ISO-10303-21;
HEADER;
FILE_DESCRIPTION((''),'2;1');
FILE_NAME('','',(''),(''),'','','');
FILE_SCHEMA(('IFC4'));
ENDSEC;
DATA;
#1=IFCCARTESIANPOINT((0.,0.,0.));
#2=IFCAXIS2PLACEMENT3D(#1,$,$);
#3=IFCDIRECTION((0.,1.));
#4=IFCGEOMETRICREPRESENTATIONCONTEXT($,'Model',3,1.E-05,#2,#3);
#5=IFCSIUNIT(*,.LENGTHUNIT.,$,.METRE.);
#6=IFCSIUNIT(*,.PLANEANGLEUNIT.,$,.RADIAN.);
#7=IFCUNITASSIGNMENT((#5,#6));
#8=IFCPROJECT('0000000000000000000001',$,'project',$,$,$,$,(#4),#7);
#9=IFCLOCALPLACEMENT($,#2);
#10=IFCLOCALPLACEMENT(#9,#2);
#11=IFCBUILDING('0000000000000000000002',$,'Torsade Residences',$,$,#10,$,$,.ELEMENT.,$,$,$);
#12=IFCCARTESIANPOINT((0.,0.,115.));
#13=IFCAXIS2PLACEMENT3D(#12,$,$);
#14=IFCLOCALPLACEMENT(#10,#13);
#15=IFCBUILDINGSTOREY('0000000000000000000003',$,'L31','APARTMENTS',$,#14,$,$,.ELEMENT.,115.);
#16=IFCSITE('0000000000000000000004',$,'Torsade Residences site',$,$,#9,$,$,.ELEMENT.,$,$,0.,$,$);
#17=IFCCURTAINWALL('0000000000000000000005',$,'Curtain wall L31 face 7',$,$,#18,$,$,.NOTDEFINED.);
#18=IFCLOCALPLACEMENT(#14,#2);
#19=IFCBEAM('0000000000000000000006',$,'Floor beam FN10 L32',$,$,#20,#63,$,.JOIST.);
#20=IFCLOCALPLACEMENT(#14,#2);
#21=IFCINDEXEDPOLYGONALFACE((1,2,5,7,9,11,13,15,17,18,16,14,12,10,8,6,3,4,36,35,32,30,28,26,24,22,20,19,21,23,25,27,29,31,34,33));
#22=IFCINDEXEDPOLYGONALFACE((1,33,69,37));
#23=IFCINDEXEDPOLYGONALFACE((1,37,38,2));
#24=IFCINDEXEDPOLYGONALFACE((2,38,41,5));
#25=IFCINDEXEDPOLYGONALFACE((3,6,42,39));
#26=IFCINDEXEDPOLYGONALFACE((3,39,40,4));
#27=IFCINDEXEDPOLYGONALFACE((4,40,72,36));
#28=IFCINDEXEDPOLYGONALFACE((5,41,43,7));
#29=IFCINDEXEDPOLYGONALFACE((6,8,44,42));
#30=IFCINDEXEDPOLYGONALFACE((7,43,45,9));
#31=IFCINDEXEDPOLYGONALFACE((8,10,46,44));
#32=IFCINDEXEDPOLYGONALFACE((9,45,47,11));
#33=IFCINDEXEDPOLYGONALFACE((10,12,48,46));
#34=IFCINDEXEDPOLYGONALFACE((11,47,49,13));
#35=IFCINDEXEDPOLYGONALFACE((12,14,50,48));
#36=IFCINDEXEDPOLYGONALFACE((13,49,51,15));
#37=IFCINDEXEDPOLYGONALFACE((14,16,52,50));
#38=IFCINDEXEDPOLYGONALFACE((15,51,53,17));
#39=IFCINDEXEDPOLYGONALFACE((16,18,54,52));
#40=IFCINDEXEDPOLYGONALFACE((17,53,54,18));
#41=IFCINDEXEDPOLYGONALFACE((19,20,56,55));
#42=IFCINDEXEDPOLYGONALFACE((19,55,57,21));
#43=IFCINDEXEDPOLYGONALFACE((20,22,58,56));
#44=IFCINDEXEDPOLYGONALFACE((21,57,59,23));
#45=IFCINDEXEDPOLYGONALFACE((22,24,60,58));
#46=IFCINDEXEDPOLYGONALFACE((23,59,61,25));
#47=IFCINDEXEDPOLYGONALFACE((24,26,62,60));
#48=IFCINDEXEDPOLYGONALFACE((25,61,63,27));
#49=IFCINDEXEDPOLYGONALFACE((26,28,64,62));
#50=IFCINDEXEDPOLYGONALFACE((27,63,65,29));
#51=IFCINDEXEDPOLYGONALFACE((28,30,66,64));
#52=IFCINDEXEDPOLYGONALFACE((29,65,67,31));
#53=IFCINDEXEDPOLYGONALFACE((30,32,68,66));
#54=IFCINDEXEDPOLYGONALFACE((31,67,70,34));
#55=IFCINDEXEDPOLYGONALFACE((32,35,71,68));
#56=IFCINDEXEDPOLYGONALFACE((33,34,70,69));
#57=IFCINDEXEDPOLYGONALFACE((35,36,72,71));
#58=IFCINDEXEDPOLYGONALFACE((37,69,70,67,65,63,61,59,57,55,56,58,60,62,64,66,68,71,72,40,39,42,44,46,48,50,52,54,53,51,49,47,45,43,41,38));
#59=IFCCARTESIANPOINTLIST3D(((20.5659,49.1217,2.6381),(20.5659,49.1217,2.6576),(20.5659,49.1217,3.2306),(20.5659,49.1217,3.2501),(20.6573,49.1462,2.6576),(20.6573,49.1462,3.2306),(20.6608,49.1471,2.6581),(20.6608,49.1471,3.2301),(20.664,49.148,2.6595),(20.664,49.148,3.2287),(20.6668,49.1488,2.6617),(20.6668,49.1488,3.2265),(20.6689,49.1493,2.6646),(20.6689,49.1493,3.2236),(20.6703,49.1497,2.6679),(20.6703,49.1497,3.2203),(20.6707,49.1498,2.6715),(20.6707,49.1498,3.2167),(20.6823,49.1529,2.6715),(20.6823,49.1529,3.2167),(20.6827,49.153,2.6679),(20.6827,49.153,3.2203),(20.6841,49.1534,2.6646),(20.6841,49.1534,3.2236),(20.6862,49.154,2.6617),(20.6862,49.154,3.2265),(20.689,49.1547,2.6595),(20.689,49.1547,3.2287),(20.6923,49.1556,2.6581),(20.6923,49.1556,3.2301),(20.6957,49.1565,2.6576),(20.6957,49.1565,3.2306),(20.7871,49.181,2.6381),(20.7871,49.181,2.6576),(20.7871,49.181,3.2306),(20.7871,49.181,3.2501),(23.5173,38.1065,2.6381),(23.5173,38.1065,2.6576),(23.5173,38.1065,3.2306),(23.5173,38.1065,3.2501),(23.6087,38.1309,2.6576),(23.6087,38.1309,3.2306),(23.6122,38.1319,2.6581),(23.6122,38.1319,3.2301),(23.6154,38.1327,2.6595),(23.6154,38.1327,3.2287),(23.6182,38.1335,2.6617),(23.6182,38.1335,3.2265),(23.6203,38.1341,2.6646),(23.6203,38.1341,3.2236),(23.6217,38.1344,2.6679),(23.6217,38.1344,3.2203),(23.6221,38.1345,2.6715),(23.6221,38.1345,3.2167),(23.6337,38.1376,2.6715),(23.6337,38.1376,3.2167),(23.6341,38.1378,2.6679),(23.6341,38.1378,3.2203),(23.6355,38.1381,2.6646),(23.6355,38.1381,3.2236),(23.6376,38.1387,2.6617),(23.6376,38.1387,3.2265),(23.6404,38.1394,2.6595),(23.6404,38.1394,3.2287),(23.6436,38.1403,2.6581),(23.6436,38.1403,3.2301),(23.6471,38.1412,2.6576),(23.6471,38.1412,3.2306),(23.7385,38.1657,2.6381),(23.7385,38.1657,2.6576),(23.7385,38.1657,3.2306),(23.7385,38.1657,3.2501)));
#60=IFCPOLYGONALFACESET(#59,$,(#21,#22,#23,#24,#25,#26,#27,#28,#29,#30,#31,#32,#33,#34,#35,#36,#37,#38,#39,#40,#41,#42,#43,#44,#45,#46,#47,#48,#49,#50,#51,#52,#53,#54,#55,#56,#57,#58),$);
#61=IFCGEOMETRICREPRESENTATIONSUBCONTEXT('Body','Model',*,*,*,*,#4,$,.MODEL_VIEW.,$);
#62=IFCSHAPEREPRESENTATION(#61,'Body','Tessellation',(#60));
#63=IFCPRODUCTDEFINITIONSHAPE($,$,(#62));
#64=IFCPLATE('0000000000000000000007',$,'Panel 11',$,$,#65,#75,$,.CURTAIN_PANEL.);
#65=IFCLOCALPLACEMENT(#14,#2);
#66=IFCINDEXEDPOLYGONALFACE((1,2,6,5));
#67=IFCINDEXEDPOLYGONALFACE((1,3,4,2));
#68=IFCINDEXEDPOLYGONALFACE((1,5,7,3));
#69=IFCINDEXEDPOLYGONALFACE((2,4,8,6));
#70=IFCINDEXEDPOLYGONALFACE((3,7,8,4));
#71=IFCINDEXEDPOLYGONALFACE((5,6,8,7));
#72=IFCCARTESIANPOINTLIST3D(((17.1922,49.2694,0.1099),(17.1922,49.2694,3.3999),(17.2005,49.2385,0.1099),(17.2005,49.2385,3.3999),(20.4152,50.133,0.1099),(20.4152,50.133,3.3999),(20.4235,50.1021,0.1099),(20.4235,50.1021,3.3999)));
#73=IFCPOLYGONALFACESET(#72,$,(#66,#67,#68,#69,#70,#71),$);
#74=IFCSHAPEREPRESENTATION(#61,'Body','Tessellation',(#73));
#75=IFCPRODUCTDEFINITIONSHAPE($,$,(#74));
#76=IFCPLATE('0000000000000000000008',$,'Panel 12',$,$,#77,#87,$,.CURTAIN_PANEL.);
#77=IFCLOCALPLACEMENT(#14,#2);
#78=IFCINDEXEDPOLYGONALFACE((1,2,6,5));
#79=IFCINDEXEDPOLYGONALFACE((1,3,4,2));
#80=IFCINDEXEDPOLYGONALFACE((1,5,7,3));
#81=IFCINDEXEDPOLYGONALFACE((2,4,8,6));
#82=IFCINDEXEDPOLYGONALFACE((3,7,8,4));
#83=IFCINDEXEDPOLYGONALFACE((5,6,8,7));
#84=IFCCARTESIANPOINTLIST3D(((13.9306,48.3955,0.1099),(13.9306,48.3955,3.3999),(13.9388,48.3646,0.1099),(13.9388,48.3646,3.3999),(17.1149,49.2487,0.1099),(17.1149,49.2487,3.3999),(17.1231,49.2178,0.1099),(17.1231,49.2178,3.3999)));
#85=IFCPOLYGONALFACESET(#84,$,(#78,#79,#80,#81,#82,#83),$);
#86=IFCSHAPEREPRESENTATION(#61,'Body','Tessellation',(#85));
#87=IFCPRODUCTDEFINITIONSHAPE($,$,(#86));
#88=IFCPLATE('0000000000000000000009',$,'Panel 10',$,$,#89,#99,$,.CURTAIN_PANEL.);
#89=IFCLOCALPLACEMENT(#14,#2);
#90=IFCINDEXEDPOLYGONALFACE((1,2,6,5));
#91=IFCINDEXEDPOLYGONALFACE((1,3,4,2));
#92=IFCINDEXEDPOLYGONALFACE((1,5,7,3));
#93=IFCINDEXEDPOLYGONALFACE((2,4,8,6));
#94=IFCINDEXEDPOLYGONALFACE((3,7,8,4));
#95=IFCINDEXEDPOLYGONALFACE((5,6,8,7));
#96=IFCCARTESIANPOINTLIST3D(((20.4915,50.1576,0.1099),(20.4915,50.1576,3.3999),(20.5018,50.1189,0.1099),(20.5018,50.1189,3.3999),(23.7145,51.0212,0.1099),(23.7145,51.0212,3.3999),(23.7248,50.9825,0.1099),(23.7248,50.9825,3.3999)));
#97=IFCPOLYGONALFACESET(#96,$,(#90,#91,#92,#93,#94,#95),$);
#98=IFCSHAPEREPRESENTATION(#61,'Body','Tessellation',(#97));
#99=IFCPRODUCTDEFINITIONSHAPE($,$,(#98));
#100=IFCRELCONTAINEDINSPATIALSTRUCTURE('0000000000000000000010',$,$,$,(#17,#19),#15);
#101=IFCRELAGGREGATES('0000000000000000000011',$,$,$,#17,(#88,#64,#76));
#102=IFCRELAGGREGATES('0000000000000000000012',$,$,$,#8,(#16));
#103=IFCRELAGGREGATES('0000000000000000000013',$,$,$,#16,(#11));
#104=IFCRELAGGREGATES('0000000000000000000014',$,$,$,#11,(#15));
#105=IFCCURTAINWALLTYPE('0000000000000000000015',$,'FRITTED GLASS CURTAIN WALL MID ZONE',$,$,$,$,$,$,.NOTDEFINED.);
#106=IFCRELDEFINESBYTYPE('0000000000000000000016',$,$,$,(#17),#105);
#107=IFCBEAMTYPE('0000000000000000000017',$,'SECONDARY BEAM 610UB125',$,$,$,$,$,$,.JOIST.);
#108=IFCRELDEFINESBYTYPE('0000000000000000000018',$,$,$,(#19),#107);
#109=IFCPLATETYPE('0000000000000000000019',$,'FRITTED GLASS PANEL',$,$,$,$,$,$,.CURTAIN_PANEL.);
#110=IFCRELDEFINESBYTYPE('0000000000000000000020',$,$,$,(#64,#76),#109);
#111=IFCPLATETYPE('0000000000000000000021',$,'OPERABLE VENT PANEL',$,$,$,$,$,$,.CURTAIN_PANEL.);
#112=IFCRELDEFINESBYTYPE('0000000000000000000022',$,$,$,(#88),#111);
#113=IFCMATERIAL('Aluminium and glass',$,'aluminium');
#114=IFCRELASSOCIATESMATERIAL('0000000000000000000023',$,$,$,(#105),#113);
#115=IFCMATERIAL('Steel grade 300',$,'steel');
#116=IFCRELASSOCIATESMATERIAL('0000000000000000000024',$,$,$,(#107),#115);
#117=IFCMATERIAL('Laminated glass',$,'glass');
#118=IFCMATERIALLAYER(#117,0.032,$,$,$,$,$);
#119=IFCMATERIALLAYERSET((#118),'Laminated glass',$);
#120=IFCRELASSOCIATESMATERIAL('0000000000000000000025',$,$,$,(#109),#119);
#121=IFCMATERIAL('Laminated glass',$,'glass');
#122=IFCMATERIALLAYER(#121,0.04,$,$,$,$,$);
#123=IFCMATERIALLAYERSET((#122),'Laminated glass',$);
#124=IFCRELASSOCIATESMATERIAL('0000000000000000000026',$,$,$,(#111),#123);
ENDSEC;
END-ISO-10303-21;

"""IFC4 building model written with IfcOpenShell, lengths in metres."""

from ifc_helpers import new_model, si_unit, direction, frame, origin, origin_2d, place, context, subcontext, project, spatial, rectangle, i_section, extrude, material, layer, layer_set, material_profile, profile_set, type_object, element, aggregate, save


model = new_model("IFC4")

# Units and contexts
model_context = context("Model", 3, precision=1e-05, world=origin(), true_north=direction((0.0, 1.0)))
body_context = subcontext(model_context, "Body", "Model", "MODEL_VIEW")
ifc_project = project(units=[si_unit("LENGTHUNIT", "METRE"), si_unit("PLANEANGLEUNIT", "RADIAN")], contexts=[model_context])

# Site, building, storey
site_placement = place(None, origin())
site = spatial("IfcSite", under=ifc_project, at=site_placement, Name="Torsade Residences site", CompositionType="ELEMENT", RefElevation=0.0)
building_placement = place(site_placement, origin())
building = spatial("IfcBuilding", under=site, at=building_placement, Name="Torsade Residences", CompositionType="ELEMENT")
storey_placement = place(building_placement, frame((0.0, 0.0, 115.0)))
storey = spatial("IfcBuildingStorey", under=building, at=storey_placement, Name="L31", Description="APARTMENTS", CompositionType="ELEMENT", Elevation=115.0)

# Curtain wall
ifc_material_1 = material(Name="Aluminium and glass", Category="aluminium")
curtain_wall_type = type_object("IfcCurtainWallType", Name="FRITTED GLASS CURTAIN WALL MID ZONE", PredefinedType="NOTDEFINED", material=ifc_material_1)
curtain_wall_placement = place(storey_placement, origin())
curtain_wall = element("IfcCurtainWall", 1, at=curtain_wall_placement, inside=storey, type_object=curtain_wall_type, Name="Curtain wall L31 face 7", PredefinedType="NOTDEFINED")

# Beam
ifc_material_2 = material(Name="Steel grade 300", Category="steel")
ifc_material_profile_1 = material_profile(ifc_material_2, i_section(OverallWidth=0.229, OverallDepth=0.6121, WebThickness=0.012, FlangeThickness=0.0195, FilletRadius=0.0139, at=origin_2d()), Name="610UB125")
ifc_profile_set_1 = profile_set([ifc_material_profile_1], Name="Steel grade 300")
beam_type_1 = type_object("IfcBeamType", Name="SECONDARY BEAM 610UB125", PredefinedType="JOIST", material=ifc_profile_set_1)
beam_1_placement = place(storey_placement, frame((20.6765, 49.1514, 2.9441), z_axis=(0.258807, -0.965929, 0.0), x_axis=(0.965929, 0.258807, 0.0)))
element("IfcBeam", 2, at=beam_1_placement, inside=storey, type_object=beam_type_1, Name="Floor beam FN10 L32", PredefinedType="JOIST", context=body_context, shape_type="SweptSolid", body=[
    extrude(i_section(OverallWidth=0.229, OverallDepth=0.6121, WebThickness=0.012, FlangeThickness=0.0195, FilletRadius=0.0139, at=origin_2d()), origin(), (0.0, 0.0, 1.0), 11.4038),
])

# Plates
ifc_material_3 = material(Name="Laminated glass", Category="glass")
ifc_layer_1 = layer(ifc_material_3, 0.032)
ifc_layer_set_1 = layer_set([ifc_layer_1], Name="Laminated glass")
plate_type_1 = type_object("IfcPlateType", Name="FRITTED GLASS PANEL", PredefinedType="CURTAIN_PANEL", material=ifc_layer_set_1)
plate_1_placement = place(storey_placement, frame((18.8079, 49.6858, 0.1099), z_axis=(0.0, 0.0, 1.0), x_axis=(-0.965926, -0.258819, 0.0)))
plate_1 = element("IfcPlate", 3, at=plate_1_placement, type_object=plate_type_1, Name="Panel 11", PredefinedType="CURTAIN_PANEL", context=body_context, shape_type="SweptSolid", body=[
    extrude(rectangle(XDim=3.3367, YDim=0.032, at=origin_2d()), origin(), (0.0, 0.0, 1.0), 3.29),
])
plate_2_placement = place(storey_placement, frame((15.5269, 48.8066, 0.1099), z_axis=(0.0, 0.0, 1.0), x_axis=(-0.965926, -0.258819, 0.0)))
plate_2 = element("IfcPlate", 4, at=plate_2_placement, type_object=plate_type_1, Name="Panel 12", PredefinedType="CURTAIN_PANEL", context=body_context, shape_type="SweptSolid", body=[
    extrude(rectangle(XDim=3.2966, YDim=0.032, at=origin_2d()), origin(), (0.0, 0.0, 1.0), 3.29),
])
ifc_material_4 = material(Name="Laminated glass", Category="glass")
ifc_layer_2 = layer(ifc_material_4, 0.04)
ifc_layer_set_2 = layer_set([ifc_layer_2], Name="Laminated glass")
plate_type_2 = type_object("IfcPlateType", Name="OPERABLE VENT PANEL", PredefinedType="CURTAIN_PANEL", material=ifc_layer_set_2)
plate_3_placement = place(storey_placement, frame((22.1082, 50.5701, 0.1099), z_axis=(0.0, 0.0, 1.0), x_axis=(-0.965926, -0.258819, 0.0)))
plate_3 = element("IfcPlate", 5, at=plate_3_placement, type_object=plate_type_2, Name="Panel 10", PredefinedType="CURTAIN_PANEL", context=body_context, shape_type="SweptSolid", body=[
    extrude(rectangle(XDim=3.3367, YDim=0.04, at=origin_2d()), origin(), (0.0, 0.0, 1.0), 3.29),
])
aggregate(curtain_wall, [plate_3, plate_1, plate_2])

save(model, "model.ifc")
